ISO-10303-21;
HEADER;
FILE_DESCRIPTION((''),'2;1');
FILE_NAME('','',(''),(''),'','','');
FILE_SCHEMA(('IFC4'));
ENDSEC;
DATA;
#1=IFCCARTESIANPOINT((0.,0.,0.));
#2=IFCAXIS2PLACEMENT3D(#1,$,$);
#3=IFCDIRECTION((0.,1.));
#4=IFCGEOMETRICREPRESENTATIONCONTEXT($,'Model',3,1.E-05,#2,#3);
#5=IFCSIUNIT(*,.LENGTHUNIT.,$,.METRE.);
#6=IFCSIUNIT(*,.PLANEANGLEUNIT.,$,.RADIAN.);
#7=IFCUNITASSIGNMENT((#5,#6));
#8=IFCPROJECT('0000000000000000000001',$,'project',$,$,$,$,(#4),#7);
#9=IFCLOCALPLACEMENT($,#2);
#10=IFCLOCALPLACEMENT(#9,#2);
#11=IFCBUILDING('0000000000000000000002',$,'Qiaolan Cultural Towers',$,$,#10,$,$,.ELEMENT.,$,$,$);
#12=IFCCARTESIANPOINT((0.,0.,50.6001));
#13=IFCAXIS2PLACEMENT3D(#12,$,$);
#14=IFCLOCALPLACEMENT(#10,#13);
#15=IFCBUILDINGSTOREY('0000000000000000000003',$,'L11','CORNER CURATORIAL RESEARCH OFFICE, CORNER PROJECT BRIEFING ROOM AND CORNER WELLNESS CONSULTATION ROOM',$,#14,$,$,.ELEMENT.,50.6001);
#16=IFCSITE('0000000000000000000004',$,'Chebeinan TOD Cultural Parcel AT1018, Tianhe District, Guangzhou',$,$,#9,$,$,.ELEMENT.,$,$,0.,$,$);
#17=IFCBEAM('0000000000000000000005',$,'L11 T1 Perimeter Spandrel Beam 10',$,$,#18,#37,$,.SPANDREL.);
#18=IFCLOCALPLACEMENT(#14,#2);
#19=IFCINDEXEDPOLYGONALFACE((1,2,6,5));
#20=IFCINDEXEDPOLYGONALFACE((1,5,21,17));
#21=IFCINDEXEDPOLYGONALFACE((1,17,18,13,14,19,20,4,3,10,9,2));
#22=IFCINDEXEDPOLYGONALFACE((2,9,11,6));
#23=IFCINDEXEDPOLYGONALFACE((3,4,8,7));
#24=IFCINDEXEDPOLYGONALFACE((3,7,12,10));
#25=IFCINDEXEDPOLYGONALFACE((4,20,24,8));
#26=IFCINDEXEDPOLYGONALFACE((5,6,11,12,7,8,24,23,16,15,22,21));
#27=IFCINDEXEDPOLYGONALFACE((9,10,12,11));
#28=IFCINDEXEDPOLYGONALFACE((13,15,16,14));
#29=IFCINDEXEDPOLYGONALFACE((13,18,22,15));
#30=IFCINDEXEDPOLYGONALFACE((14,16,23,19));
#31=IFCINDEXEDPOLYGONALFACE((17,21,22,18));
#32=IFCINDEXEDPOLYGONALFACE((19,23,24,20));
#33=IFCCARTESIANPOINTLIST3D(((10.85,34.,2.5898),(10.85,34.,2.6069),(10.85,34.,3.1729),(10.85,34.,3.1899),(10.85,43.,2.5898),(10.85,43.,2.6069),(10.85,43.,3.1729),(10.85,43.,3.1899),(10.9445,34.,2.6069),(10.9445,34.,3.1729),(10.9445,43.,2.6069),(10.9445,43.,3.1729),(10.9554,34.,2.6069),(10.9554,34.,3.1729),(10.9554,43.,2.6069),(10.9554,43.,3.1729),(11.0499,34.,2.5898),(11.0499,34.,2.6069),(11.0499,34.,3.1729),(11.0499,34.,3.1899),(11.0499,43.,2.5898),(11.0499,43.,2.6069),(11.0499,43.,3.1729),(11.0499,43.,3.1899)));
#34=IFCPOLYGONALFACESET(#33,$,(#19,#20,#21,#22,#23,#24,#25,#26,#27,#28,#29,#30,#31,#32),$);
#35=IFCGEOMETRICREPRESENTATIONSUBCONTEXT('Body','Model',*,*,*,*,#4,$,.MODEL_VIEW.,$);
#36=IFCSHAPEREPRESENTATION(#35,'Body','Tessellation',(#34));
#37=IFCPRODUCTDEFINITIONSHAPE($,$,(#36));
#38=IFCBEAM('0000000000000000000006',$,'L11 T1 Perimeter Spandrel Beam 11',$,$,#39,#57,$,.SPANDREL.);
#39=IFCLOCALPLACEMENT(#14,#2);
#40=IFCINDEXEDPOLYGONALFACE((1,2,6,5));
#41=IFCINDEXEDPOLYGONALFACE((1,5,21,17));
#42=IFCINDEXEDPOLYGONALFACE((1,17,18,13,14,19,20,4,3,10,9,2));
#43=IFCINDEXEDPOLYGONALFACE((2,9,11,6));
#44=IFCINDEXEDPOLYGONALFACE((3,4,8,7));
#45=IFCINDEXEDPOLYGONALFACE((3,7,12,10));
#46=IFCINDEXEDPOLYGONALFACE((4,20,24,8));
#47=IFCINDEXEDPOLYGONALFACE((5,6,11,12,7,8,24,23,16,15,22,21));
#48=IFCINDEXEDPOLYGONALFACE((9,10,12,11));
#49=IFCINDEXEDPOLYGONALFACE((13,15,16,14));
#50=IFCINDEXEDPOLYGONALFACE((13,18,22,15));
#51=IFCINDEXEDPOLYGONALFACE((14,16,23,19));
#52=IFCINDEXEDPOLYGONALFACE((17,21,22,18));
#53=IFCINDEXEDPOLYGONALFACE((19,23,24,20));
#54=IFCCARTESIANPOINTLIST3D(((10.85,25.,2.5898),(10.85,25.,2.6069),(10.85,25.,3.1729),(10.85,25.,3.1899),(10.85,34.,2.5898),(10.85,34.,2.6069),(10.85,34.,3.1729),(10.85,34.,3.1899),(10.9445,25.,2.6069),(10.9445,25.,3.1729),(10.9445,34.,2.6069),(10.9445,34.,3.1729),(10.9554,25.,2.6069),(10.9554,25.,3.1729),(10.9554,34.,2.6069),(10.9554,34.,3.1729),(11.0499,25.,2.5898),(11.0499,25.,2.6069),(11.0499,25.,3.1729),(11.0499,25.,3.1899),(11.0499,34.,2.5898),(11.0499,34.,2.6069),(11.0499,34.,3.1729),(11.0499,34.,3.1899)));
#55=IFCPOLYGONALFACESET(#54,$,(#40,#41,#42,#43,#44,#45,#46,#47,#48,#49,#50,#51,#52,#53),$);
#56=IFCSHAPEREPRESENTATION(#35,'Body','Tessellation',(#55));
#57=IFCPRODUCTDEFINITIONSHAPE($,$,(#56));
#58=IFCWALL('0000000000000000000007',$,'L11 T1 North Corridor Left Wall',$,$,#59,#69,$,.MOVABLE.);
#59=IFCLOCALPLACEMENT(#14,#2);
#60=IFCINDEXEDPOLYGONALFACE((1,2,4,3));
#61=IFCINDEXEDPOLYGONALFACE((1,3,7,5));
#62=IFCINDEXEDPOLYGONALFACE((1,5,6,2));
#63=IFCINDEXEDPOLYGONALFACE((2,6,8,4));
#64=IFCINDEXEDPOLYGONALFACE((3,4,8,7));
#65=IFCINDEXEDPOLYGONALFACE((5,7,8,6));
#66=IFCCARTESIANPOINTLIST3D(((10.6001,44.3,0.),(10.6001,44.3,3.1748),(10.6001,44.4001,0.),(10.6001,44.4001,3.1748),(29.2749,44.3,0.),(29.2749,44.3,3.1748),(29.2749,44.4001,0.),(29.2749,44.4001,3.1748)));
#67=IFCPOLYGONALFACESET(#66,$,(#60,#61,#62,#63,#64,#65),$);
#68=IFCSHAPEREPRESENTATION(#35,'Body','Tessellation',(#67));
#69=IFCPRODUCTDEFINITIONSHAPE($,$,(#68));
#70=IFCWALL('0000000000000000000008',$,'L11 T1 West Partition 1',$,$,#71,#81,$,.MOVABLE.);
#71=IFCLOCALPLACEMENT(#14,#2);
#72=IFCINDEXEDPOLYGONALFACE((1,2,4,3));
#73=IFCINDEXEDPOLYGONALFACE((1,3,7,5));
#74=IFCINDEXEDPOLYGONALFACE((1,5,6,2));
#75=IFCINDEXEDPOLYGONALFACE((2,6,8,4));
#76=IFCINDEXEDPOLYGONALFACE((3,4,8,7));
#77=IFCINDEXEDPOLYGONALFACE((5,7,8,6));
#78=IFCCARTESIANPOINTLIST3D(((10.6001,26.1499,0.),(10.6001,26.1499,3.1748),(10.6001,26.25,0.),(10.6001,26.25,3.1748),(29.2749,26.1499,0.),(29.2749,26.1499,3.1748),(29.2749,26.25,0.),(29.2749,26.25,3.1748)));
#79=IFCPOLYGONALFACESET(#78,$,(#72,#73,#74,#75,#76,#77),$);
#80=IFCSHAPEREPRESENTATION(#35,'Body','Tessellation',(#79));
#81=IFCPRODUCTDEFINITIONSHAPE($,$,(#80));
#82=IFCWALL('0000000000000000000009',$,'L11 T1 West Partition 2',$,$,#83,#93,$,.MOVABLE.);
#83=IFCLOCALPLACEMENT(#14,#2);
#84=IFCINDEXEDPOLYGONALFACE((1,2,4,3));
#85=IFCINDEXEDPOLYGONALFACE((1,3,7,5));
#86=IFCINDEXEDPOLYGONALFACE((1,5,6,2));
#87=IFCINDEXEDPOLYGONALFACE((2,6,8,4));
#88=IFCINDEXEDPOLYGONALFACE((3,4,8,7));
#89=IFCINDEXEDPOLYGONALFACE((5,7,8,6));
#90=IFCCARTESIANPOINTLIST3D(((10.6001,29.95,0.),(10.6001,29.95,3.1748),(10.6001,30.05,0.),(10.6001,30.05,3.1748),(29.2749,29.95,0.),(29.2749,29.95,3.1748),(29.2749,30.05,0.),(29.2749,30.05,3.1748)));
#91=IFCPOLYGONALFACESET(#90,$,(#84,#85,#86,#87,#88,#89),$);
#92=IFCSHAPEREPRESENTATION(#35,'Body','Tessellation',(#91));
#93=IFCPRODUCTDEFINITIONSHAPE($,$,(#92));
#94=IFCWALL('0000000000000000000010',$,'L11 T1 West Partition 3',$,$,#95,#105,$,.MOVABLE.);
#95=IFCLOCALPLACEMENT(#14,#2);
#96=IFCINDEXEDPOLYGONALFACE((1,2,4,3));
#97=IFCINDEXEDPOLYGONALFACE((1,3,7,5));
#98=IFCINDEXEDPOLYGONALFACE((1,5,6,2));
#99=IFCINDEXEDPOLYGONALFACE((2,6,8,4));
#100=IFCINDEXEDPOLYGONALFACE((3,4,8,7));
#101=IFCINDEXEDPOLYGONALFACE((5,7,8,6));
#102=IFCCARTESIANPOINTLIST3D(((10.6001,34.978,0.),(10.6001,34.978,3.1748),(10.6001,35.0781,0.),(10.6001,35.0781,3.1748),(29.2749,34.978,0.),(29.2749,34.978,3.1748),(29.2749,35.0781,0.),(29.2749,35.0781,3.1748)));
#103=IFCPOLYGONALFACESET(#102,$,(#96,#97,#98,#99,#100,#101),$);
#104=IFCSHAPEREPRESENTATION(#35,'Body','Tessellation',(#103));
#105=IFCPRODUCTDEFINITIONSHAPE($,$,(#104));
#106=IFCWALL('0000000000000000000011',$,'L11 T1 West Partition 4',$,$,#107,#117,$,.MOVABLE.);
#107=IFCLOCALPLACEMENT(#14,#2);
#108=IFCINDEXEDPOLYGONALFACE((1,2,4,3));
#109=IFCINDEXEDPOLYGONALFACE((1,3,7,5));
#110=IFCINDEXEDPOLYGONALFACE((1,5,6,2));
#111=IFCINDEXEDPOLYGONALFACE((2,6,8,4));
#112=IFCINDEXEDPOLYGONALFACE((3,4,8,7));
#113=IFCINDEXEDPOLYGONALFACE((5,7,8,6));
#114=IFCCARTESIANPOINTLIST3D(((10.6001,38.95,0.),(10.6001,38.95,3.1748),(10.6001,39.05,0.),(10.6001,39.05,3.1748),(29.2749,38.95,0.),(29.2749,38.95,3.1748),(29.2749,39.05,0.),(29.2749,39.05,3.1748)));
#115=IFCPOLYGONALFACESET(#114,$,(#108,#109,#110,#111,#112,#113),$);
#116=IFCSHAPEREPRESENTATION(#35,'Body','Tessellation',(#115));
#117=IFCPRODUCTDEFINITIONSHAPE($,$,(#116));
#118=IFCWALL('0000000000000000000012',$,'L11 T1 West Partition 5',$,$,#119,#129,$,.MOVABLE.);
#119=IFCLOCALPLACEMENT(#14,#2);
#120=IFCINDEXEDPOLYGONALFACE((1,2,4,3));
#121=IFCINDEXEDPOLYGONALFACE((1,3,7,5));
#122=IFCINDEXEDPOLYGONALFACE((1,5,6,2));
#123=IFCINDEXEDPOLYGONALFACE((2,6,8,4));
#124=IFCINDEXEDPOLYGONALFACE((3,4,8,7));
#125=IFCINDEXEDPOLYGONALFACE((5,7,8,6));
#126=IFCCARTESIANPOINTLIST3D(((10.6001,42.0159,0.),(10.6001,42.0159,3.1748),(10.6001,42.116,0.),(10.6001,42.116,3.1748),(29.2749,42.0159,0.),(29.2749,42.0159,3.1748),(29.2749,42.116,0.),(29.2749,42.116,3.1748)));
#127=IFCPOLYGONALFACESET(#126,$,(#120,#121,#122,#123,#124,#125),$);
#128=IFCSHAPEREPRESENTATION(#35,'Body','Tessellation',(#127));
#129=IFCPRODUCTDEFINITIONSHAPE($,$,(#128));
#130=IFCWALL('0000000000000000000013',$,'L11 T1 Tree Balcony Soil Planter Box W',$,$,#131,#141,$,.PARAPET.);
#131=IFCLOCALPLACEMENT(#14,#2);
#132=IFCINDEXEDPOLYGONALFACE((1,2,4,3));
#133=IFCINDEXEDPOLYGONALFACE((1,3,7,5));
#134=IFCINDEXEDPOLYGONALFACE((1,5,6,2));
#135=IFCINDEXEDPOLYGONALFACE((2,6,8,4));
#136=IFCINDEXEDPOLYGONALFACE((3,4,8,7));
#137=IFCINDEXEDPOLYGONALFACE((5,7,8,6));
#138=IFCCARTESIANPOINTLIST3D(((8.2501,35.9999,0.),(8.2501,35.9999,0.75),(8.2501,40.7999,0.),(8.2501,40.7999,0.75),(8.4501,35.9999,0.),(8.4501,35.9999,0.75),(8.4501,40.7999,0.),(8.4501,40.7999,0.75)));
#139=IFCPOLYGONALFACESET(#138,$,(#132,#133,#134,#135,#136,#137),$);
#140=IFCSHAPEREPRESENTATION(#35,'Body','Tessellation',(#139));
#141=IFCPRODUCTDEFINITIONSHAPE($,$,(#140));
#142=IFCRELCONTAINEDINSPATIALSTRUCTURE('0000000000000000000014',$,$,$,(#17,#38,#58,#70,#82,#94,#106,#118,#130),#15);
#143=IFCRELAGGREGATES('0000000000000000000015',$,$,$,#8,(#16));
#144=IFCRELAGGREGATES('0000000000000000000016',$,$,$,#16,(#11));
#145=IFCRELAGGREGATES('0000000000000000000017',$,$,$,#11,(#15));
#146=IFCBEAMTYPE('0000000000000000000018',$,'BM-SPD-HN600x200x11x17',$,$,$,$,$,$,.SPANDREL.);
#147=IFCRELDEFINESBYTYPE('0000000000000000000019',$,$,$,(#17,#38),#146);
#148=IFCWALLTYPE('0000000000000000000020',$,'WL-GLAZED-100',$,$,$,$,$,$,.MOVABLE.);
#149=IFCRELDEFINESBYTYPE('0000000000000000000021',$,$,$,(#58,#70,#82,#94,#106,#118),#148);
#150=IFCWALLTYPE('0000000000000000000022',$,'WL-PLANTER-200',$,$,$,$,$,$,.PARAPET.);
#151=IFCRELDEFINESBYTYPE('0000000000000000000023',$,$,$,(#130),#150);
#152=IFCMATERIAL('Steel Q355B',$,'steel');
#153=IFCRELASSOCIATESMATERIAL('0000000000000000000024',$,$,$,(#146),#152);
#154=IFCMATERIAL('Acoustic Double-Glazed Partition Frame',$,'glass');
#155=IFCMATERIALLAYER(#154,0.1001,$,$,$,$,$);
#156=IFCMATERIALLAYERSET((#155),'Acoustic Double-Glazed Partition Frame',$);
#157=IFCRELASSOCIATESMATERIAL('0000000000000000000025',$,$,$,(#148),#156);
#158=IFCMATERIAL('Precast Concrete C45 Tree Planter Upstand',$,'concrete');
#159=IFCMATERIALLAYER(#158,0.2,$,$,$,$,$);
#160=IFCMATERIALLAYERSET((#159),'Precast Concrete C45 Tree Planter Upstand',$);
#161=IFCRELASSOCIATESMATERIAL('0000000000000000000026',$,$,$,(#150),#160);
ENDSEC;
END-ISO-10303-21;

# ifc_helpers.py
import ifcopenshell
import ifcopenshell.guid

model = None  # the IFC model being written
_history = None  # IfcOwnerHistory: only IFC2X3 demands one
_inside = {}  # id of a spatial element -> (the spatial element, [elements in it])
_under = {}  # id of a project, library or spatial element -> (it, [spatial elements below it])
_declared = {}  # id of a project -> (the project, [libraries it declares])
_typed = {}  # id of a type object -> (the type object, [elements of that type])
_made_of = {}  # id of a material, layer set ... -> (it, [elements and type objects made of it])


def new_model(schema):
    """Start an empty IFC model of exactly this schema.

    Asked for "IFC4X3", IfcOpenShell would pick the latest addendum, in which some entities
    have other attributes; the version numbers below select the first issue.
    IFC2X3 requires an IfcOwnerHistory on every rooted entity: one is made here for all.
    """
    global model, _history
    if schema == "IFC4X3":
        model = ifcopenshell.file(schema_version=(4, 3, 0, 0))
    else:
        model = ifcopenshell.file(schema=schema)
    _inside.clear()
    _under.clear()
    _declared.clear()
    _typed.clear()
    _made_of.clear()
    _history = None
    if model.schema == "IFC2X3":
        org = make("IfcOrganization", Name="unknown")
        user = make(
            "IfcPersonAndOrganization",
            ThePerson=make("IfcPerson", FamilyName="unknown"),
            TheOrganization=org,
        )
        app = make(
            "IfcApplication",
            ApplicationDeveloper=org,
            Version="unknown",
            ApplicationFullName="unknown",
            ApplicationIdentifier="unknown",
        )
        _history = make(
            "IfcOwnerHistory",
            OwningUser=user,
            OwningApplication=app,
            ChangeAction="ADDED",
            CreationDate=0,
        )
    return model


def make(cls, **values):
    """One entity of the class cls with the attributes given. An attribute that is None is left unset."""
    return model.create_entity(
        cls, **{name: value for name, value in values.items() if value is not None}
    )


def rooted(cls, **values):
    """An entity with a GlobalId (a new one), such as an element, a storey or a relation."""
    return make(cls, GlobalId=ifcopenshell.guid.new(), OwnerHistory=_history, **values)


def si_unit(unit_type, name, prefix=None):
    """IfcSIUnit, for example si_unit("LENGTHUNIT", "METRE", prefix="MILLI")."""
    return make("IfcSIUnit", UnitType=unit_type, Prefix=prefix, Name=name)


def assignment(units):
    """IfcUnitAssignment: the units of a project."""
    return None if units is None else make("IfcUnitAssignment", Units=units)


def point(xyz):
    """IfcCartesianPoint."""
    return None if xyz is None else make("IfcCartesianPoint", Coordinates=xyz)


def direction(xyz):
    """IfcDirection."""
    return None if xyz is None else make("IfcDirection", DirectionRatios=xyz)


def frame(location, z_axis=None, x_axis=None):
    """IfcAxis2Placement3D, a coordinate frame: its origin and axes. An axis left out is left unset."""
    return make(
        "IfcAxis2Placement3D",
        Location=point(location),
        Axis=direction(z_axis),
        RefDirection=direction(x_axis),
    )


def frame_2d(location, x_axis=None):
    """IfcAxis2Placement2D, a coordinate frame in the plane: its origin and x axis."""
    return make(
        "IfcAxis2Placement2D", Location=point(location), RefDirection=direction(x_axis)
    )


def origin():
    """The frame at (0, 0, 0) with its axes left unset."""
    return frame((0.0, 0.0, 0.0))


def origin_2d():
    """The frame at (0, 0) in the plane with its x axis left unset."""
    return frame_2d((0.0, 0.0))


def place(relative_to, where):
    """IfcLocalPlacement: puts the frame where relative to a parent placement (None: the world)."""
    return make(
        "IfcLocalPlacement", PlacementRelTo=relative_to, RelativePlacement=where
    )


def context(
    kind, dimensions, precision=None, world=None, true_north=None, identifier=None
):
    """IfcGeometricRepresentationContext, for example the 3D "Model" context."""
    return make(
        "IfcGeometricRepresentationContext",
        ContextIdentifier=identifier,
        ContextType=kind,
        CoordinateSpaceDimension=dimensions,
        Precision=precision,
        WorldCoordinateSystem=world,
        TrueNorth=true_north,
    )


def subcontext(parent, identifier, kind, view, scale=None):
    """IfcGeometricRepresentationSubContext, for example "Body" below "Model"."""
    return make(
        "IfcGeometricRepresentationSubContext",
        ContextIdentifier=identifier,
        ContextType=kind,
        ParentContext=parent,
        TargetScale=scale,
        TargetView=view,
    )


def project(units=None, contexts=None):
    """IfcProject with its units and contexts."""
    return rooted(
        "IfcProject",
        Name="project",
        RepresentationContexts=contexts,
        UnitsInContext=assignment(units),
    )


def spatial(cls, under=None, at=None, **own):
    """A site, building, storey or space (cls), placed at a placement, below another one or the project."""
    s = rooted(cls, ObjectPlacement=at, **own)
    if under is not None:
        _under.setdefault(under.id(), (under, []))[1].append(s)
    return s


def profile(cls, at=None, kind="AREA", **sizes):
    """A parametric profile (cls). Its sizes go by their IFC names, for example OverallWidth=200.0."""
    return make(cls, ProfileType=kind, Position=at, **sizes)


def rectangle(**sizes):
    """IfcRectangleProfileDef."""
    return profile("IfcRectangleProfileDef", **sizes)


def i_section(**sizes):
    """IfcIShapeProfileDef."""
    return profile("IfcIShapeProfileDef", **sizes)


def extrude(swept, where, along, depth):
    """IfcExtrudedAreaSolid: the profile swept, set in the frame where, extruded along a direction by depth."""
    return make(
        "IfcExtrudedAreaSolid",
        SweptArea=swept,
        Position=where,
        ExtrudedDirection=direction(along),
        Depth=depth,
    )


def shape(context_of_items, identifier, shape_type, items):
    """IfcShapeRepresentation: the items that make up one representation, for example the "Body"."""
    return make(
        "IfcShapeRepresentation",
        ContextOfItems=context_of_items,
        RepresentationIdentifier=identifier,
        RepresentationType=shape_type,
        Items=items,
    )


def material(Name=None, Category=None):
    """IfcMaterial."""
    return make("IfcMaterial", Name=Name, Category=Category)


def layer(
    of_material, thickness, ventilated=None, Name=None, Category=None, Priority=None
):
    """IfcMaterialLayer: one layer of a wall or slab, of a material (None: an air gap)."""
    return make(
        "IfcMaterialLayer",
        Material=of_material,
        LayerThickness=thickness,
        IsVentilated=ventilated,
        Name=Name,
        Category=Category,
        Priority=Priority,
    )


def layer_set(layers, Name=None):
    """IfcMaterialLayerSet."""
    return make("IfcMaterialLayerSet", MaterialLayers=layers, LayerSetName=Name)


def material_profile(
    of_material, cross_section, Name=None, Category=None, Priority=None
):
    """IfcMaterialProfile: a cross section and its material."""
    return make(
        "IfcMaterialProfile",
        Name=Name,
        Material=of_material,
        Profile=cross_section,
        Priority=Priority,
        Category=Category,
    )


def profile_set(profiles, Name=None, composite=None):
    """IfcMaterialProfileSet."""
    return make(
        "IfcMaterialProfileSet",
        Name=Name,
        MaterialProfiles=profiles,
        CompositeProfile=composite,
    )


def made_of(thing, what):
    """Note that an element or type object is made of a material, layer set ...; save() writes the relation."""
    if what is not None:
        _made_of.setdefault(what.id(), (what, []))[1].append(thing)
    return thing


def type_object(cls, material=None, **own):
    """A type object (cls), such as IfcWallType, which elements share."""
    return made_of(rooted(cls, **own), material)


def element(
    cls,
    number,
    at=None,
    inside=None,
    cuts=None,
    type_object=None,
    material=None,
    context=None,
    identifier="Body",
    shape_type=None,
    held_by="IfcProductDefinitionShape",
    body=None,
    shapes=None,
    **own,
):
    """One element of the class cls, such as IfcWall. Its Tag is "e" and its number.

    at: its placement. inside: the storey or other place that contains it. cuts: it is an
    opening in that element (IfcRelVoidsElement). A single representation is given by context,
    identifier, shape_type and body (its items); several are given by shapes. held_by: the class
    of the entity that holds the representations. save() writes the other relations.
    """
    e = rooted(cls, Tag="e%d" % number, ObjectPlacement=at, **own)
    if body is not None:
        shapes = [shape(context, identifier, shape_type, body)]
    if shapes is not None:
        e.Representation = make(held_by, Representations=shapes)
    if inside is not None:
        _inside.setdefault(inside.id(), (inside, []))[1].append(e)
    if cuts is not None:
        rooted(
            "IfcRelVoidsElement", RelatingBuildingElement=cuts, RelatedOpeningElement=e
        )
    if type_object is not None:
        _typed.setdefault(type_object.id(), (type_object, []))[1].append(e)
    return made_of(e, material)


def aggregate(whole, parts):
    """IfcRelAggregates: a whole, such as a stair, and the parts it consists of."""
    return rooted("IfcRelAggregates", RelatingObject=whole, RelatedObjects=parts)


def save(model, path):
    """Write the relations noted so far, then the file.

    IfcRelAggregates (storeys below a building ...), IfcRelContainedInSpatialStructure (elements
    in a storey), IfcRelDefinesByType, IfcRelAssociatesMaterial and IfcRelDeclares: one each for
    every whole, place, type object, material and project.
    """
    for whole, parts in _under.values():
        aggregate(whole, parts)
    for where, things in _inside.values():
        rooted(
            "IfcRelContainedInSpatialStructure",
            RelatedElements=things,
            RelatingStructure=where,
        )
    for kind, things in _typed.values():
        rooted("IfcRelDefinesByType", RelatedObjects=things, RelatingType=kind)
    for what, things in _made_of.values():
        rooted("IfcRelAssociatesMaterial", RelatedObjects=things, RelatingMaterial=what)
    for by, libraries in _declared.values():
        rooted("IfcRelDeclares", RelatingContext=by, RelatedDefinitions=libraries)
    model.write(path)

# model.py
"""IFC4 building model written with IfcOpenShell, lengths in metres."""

from ifc_helpers import new_model, si_unit, direction, frame, frame_2d, origin, origin_2d, place, context, subcontext, project, spatial, rectangle, i_section, extrude, material, layer, layer_set, material_profile, profile_set, type_object, element, save


model = new_model("IFC4")

# Units and contexts
model_context = context("Model", 3, precision=1e-05, world=origin(), true_north=direction((0.0, 1.0)))
body_context = subcontext(model_context, "Body", "Model", "MODEL_VIEW")
ifc_project = project(units=[si_unit("LENGTHUNIT", "METRE"), si_unit("PLANEANGLEUNIT", "RADIAN")], contexts=[model_context])

# Site, building, storey
site_placement = place(None, origin())
site = spatial("IfcSite", under=ifc_project, at=site_placement, Name="Chebeinan TOD Cultural Parcel AT1018, Tianhe District, Guangzhou", CompositionType="ELEMENT", RefElevation=0.0)
building_placement = place(site_placement, origin())
building = spatial("IfcBuilding", under=site, at=building_placement, Name="Qiaolan Cultural Towers", CompositionType="ELEMENT")
storey_placement = place(building_placement, frame((0.0, 0.0, 50.6001)))
storey = spatial("IfcBuildingStorey", under=building, at=storey_placement, Name="L11", Description="CORNER CURATORIAL RESEARCH OFFICE, CORNER PROJECT BRIEFING ROOM AND CORNER WELLNESS CONSULTATION ROOM", CompositionType="ELEMENT", Elevation=50.6001)

# Beams
ifc_material_1 = material(Name="Steel Q355B", Category="steel")
ifc_material_profile_1 = material_profile(ifc_material_1, i_section(OverallWidth=0.2, OverallDepth=0.6001, WebThickness=0.011, FlangeThickness=0.0171, at=origin_2d()), Name="HN600x200x11x17")
ifc_profile_set_1 = profile_set([ifc_material_profile_1], Name="Steel Q355B")
beam_type_1 = type_object("IfcBeamType", Name="BM-SPD-HN600x200x11x17", PredefinedType="SPANDREL", material=ifc_profile_set_1)
for number, where, z_axis, x_axis, name in (
    (1, (10.95, 43.0, 2.8899), (0.0, -1.0, 0.0), (1.0, 0.0, 0.0), "L11 T1 Perimeter Spandrel Beam 10"),
    (2, (10.95, 34.0, 2.8899), (0.0, -1.0, 0.0), (1.0, 0.0, 0.0), "L11 T1 Perimeter Spandrel Beam 11"),
):
    element("IfcBeam", number, at=place(storey_placement, frame(where, z_axis=z_axis, x_axis=x_axis)), inside=storey, type_object=beam_type_1, Name=name, PredefinedType="SPANDREL", context=body_context, shape_type="SweptSolid", body=[
        extrude(i_section(OverallWidth=0.2, OverallDepth=0.6001, WebThickness=0.011, FlangeThickness=0.0171, at=origin_2d()), origin(), (0.0, 0.0, 1.0), 9.0),
    ])

# Walls
ifc_material_2 = material(Name="Acoustic Double-Glazed Partition Frame", Category="glass")
ifc_layer_1 = layer(ifc_material_2, 0.1001)
ifc_layer_set_1 = layer_set([ifc_layer_1], Name="Acoustic Double-Glazed Partition Frame")
wall_type_1 = type_object("IfcWallType", Name="WL-GLAZED-100", PredefinedType="MOVABLE", material=ifc_layer_set_1)
for number, where, z_axis, x_axis, name in (
    (3, (10.6001, 44.3501, 0.0), (0.0, 0.0, 1.0), (1.0, 0.0, 0.0), "L11 T1 North Corridor Left Wall"),
    (4, (10.6001, 26.2, 0.0), (0.0, 0.0, 1.0), (1.0, 0.0, 0.0), "L11 T1 West Partition 1"),
    (5, (10.6001, 30.0, 0.0), (0.0, 0.0, 1.0), (1.0, 0.0, 0.0), "L11 T1 West Partition 2"),
    (6, (10.6001, 35.0281, 0.0), (0.0, 0.0, 1.0), (1.0, 0.0, 0.0), "L11 T1 West Partition 3"),
    (7, (10.6001, 39.0, 0.0), (0.0, 0.0, 1.0), (1.0, 0.0, 0.0), "L11 T1 West Partition 4"),
    (8, (10.6001, 42.0659, 0.0), (0.0, 0.0, 1.0), (1.0, 0.0, 0.0), "L11 T1 West Partition 5"),
):
    element("IfcWall", number, at=place(storey_placement, frame(where, z_axis=z_axis, x_axis=x_axis)), inside=storey, type_object=wall_type_1, Name=name, PredefinedType="MOVABLE", context=body_context, shape_type="SweptSolid", body=[
        extrude(rectangle(XDim=18.6748, YDim=0.1001, at=frame_2d((9.3374, 0.0))), origin(), (0.0, 0.0, 1.0), 3.1748),
    ])
ifc_material_3 = material(Name="Precast Concrete C45 Tree Planter Upstand", Category="concrete")
ifc_layer_2 = layer(ifc_material_3, 0.2)
ifc_layer_set_2 = layer_set([ifc_layer_2], Name="Precast Concrete C45 Tree Planter Upstand")
wall_type_2 = type_object("IfcWallType", Name="WL-PLANTER-200", PredefinedType="PARAPET", material=ifc_layer_set_2)
wall_placement = place(storey_placement, frame((8.3501, 36.0, 0.0), z_axis=(0.0, 0.0, 1.0), x_axis=(0.0, 1.0, 0.0)))
element("IfcWall", 9, at=wall_placement, inside=storey, type_object=wall_type_2, Name="L11 T1 Tree Balcony Soil Planter Box W", PredefinedType="PARAPET", context=body_context, shape_type="SweptSolid", body=[
    extrude(rectangle(XDim=4.8, YDim=0.2, at=frame_2d((2.3999, 0.0))), origin(), (0.0, 0.0, 1.0), 0.75),
])

save(model, "model.ifc")
